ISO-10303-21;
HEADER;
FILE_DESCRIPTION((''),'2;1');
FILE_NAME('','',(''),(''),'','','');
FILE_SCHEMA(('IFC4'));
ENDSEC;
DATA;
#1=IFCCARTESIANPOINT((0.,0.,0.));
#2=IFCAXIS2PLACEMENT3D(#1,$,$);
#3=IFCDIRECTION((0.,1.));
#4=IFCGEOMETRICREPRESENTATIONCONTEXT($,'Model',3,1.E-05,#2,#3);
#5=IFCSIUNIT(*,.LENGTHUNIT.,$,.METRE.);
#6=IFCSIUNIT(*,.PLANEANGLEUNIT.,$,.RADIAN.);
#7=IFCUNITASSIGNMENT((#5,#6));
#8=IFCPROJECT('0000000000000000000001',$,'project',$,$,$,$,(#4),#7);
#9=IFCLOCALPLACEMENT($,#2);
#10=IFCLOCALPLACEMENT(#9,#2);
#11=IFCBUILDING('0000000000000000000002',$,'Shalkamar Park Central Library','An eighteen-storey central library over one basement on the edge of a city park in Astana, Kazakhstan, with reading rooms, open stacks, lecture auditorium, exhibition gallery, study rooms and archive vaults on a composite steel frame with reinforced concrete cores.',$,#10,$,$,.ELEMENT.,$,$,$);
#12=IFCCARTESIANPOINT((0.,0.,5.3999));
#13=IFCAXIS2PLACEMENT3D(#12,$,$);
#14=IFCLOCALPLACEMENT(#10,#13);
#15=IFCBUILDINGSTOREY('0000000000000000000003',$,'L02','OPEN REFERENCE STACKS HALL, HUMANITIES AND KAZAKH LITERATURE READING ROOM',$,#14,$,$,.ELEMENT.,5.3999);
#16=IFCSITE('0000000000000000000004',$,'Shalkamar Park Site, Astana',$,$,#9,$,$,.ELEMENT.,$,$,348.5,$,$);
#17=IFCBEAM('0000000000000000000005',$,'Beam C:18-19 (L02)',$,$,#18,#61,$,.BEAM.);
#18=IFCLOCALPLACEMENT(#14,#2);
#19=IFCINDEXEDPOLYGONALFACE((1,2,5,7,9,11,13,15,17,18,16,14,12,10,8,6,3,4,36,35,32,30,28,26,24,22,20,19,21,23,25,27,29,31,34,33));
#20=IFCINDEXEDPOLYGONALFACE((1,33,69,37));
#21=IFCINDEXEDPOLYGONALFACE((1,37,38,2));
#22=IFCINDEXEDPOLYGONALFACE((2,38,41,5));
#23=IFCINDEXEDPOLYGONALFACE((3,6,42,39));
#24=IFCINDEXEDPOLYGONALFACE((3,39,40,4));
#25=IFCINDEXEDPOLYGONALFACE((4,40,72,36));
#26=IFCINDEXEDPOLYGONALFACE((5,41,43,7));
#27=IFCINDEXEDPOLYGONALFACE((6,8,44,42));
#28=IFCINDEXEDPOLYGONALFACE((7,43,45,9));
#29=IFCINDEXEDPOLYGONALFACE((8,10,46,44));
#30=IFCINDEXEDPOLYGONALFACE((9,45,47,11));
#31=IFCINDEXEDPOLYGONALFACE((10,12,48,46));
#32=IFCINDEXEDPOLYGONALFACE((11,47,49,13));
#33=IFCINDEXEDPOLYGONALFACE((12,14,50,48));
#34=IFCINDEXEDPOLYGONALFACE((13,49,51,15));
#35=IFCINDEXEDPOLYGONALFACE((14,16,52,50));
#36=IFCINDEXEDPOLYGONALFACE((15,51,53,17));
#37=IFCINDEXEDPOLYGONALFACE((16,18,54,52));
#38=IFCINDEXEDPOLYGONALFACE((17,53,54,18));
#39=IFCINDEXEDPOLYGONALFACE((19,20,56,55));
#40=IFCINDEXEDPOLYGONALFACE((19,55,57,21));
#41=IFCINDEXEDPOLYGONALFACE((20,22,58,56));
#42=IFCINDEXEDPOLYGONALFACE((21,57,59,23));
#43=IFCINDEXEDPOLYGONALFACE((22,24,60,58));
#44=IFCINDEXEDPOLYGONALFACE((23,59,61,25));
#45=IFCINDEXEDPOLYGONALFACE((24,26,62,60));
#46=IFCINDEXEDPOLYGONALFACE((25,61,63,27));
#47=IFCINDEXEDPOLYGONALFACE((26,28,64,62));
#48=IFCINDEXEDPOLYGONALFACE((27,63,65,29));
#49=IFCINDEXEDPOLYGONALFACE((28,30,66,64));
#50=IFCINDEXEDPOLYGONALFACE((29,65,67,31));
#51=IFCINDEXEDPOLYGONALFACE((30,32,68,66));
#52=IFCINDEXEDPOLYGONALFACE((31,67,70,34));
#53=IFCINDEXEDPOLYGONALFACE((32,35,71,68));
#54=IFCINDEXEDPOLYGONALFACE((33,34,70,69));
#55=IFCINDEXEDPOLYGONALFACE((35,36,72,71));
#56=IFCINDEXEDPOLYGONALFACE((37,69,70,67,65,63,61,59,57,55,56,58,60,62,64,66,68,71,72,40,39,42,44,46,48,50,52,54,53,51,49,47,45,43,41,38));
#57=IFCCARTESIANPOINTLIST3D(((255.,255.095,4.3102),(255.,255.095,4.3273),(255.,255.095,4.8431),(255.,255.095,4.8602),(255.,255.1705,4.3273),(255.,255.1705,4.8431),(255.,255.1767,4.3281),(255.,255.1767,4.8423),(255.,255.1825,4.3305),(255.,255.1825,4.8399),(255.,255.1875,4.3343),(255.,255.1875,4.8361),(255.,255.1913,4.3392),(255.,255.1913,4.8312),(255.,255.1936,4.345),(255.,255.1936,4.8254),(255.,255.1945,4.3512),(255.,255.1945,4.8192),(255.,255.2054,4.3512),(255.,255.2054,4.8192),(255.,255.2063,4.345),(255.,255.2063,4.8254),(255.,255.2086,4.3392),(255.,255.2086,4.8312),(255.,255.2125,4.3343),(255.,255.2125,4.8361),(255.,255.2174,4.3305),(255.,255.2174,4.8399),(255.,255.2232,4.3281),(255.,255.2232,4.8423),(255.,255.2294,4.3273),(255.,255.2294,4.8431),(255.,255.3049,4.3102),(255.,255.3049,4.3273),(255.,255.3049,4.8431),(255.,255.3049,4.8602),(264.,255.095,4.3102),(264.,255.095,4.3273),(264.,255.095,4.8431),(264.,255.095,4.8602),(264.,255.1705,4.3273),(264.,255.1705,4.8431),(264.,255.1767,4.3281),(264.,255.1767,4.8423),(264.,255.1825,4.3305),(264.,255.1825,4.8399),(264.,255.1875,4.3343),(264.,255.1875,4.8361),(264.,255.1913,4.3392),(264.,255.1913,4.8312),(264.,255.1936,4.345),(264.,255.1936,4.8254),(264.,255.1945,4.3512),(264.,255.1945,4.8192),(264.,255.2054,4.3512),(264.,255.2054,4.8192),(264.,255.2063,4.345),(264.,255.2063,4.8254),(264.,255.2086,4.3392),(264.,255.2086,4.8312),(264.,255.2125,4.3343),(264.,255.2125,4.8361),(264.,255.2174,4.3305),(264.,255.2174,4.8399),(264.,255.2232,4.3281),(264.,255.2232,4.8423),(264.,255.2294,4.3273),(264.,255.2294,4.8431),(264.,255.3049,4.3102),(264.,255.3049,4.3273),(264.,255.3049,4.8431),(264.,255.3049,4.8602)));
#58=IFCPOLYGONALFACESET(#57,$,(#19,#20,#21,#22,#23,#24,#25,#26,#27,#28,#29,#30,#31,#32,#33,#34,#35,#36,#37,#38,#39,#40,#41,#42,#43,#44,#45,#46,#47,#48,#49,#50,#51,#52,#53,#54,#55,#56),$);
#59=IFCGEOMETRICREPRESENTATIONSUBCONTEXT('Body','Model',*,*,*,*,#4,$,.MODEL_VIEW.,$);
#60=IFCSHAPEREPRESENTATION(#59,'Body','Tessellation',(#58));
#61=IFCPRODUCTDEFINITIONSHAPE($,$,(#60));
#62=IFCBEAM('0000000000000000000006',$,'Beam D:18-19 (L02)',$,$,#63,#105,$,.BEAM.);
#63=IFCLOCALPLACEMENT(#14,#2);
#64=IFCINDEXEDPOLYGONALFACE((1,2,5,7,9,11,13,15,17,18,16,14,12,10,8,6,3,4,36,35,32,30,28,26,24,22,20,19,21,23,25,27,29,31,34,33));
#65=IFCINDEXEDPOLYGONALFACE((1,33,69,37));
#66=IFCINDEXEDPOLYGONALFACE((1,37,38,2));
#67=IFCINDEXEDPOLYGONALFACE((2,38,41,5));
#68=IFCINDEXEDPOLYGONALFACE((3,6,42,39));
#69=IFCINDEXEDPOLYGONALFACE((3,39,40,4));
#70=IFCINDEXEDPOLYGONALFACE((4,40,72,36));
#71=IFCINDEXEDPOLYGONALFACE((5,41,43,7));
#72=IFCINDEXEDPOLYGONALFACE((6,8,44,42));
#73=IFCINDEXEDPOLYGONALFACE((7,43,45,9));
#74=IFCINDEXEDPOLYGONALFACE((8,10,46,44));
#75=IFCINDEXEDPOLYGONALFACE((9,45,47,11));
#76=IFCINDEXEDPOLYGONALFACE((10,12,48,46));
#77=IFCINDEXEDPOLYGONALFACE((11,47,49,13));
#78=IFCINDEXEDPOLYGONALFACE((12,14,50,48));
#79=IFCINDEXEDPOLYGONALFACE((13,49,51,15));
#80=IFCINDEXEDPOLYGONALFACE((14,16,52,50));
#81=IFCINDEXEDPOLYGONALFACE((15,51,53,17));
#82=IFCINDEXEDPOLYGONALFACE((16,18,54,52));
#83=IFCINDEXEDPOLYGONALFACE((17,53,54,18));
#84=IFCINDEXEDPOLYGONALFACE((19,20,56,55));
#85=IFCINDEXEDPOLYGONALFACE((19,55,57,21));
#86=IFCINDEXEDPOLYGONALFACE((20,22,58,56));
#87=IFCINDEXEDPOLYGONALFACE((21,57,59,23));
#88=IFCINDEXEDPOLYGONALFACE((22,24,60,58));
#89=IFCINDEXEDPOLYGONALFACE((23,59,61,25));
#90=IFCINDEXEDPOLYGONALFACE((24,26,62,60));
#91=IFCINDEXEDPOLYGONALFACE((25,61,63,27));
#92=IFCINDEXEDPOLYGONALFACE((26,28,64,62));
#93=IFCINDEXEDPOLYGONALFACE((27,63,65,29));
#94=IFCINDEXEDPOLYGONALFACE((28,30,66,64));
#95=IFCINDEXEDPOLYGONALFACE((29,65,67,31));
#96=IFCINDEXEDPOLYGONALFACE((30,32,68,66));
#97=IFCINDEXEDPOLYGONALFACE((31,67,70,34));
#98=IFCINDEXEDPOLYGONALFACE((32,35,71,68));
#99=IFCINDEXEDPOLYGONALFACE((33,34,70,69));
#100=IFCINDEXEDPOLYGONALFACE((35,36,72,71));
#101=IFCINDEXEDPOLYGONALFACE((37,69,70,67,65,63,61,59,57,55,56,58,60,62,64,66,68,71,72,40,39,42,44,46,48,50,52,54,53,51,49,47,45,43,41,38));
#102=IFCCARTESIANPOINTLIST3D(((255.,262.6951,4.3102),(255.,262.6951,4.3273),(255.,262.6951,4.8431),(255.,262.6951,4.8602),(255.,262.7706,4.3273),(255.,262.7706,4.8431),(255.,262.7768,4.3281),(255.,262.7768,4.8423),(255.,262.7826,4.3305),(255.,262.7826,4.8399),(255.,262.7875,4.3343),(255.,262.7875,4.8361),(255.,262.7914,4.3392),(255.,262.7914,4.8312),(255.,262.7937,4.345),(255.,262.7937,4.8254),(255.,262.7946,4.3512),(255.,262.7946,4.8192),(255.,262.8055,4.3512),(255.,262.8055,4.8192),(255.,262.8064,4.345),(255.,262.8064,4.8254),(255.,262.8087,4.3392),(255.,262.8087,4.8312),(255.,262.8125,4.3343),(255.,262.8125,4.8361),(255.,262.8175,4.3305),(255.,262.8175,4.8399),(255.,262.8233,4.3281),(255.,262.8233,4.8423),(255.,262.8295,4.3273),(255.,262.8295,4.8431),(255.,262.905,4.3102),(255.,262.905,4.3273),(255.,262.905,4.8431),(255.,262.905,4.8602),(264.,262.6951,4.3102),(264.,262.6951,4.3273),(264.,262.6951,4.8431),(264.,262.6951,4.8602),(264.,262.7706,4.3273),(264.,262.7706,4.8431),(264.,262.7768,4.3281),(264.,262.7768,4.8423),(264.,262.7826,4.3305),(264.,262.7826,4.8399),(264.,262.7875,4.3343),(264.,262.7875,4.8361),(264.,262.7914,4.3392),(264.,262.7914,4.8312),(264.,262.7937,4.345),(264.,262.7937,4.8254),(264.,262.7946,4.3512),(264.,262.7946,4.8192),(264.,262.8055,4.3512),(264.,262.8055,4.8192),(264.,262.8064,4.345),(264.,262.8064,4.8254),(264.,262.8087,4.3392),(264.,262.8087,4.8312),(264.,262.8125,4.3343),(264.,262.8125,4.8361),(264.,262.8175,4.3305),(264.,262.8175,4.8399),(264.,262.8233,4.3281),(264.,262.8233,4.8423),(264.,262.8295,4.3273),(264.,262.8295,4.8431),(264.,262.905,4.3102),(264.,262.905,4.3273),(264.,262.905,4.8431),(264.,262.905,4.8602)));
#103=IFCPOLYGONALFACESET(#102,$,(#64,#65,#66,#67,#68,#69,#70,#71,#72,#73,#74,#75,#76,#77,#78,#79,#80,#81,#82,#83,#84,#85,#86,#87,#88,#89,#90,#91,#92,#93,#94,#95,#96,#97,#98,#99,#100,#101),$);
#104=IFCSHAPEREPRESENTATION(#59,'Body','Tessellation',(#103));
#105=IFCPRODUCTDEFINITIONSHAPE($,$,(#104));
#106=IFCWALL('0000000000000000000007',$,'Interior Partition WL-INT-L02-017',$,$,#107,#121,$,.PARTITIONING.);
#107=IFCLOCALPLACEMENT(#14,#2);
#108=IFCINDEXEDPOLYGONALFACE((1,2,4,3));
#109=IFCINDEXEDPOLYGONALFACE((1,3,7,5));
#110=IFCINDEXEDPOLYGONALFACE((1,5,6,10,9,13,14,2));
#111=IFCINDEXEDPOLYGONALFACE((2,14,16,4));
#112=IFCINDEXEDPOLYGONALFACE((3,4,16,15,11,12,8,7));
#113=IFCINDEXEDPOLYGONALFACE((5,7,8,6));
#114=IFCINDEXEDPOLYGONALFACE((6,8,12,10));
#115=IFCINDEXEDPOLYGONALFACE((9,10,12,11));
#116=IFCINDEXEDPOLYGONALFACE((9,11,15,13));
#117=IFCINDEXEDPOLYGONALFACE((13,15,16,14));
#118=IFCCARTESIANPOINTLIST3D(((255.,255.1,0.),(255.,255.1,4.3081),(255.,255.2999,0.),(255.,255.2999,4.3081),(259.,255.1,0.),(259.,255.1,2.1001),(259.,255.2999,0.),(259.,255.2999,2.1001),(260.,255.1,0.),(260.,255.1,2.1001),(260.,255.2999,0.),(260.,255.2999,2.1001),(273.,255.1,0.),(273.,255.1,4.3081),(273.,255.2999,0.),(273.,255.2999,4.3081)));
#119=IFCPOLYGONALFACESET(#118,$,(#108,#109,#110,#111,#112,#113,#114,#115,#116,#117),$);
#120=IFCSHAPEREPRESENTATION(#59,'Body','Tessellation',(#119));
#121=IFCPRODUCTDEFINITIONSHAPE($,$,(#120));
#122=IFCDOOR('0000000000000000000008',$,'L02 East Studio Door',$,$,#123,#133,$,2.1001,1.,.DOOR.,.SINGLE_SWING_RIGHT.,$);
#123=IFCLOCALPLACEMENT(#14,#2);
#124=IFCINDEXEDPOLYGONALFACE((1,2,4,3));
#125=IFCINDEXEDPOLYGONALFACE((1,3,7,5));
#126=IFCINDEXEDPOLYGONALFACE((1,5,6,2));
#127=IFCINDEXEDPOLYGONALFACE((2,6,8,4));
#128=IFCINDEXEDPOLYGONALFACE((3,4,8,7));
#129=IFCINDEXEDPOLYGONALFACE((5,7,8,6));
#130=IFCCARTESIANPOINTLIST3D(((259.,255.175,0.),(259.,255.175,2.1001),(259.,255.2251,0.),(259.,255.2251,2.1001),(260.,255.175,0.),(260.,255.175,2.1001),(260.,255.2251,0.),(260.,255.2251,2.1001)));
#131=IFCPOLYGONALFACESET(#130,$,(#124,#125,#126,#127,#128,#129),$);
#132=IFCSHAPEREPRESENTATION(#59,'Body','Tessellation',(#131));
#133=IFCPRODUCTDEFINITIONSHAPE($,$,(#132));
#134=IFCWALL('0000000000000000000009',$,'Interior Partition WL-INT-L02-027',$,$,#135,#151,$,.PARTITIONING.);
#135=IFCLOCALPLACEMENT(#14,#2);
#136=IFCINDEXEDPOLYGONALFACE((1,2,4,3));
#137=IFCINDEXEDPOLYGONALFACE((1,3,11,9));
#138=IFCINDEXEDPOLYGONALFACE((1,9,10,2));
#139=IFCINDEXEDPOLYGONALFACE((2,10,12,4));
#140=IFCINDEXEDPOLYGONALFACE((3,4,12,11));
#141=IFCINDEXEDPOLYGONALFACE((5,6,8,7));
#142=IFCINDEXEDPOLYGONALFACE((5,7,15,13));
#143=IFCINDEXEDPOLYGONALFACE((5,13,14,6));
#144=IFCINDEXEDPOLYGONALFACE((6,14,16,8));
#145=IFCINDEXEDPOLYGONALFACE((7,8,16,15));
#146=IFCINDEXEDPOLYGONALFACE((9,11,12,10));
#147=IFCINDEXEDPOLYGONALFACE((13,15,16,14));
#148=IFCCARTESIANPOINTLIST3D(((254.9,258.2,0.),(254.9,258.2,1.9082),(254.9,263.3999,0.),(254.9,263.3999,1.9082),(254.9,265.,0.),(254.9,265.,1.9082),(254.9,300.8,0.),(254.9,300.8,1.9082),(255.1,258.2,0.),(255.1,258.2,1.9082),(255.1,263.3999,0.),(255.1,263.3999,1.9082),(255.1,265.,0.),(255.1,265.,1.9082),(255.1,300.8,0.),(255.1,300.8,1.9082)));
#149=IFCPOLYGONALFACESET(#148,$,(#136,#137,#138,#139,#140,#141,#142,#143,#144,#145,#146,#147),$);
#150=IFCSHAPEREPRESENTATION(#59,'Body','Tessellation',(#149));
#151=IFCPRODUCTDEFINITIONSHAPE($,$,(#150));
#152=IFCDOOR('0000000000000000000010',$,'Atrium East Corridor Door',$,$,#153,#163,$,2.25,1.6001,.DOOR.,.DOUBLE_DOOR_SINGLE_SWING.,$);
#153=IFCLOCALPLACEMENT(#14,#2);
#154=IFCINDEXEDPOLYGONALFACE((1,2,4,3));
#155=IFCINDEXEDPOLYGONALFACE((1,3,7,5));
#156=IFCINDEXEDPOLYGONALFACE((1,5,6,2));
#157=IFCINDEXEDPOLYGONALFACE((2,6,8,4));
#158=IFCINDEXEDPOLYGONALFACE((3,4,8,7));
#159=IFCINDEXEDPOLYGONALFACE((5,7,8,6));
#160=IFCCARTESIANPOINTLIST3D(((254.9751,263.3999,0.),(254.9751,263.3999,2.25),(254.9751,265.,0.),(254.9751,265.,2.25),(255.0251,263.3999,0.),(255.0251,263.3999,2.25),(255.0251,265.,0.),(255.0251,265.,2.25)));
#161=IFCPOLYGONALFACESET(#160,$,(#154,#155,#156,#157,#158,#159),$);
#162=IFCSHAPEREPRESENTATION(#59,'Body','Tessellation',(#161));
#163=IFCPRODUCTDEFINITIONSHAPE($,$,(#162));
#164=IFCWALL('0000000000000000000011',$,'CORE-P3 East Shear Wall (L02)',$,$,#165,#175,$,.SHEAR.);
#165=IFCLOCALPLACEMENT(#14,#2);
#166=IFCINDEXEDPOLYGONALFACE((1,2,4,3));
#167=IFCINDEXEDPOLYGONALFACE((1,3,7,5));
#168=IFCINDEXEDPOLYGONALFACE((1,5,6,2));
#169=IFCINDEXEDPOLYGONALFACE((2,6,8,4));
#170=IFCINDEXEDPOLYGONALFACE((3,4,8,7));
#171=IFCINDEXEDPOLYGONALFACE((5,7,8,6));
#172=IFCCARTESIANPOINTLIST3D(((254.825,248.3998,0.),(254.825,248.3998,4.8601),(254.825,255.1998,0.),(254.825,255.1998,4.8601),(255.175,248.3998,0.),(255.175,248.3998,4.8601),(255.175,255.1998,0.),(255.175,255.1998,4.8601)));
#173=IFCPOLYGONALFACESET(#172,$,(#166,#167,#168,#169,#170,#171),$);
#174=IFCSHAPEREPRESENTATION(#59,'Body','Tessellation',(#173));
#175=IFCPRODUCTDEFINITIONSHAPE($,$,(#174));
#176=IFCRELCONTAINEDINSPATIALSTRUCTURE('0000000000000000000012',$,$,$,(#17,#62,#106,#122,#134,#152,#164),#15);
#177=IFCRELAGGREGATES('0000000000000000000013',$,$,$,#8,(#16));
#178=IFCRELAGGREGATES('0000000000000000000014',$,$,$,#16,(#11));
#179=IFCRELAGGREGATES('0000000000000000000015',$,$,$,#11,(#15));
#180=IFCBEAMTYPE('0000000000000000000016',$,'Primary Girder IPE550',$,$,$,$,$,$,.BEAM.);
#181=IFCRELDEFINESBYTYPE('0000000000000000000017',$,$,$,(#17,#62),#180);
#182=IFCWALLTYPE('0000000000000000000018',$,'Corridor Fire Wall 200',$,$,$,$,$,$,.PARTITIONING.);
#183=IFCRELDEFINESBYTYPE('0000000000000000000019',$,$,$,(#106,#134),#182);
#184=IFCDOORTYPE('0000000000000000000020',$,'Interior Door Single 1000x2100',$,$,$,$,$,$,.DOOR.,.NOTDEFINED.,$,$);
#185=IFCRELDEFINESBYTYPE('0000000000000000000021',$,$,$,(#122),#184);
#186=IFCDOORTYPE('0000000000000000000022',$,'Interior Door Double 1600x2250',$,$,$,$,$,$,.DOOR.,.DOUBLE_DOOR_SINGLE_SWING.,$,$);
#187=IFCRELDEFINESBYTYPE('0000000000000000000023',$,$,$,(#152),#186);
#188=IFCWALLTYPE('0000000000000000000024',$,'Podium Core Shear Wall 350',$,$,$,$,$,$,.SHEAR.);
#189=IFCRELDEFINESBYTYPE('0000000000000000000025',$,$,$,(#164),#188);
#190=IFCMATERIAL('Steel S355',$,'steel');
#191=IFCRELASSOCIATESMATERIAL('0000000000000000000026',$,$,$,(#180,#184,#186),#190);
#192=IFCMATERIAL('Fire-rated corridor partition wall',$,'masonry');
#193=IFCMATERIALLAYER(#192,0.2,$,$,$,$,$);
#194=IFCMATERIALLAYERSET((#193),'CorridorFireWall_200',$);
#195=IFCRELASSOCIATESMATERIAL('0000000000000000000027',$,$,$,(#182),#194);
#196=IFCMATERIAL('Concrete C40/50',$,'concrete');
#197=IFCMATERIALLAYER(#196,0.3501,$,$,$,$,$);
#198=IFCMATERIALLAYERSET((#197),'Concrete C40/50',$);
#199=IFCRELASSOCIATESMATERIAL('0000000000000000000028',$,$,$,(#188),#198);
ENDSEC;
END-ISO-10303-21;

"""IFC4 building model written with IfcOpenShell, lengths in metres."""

from ifc_helpers import new_model, si_unit, direction, frame, frame_2d, origin, origin_2d, place, context, subcontext, project, spatial, rectangle, i_section, extrude, material, layer, layer_set, material_profile, profile_set, type_object, element, fill, save


model = new_model("IFC4")

# Units and contexts
model_context = context("Model", 3, precision=1e-05, world=origin(), true_north=direction((0.0, 1.0)))
body_context = subcontext(model_context, "Body", "Model", "MODEL_VIEW")
ifc_project = project(units=[si_unit("LENGTHUNIT", "METRE"), si_unit("PLANEANGLEUNIT", "RADIAN")], contexts=[model_context])

# Site, building, storey
site_placement = place(None, origin())
site = spatial("IfcSite", under=ifc_project, at=site_placement, Name="Shalkamar Park Site, Astana", CompositionType="ELEMENT", RefElevation=348.5)
building_placement = place(site_placement, origin())
building = spatial("IfcBuilding", under=site, at=building_placement, Name="Shalkamar Park Central Library", Description="An eighteen-storey central library over one basement on the edge of a city park in Astana, Kazakhstan, with reading rooms, open stacks, lecture auditorium, exhibition gallery, study rooms and archive vaults on a composite steel frame with reinforced concrete cores.", CompositionType="ELEMENT")
storey_placement = place(building_placement, frame((0.0, 0.0, 5.3999)))
storey = spatial("IfcBuildingStorey", under=building, at=storey_placement, Name="L02", Description="OPEN REFERENCE STACKS HALL, HUMANITIES AND KAZAKH LITERATURE READING ROOM", CompositionType="ELEMENT", Elevation=5.3999)

# Shared definitions
ifc_material_1 = material(Name="Steel S355", Category="steel")

# Beams
ifc_material_profile_1 = material_profile(ifc_material_1, i_section(OverallWidth=0.21, OverallDepth=0.55, WebThickness=0.011, FlangeThickness=0.0171, FilletRadius=0.0239, at=origin_2d()), Name="IPE 550")
ifc_profile_set_1 = profile_set([ifc_material_profile_1], Name="Steel S355")
beam_type_1 = type_object("IfcBeamType", Name="Primary Girder IPE550", PredefinedType="BEAM", material=ifc_profile_set_1)
for number, where, z_axis, x_axis, name in (
    (1, (255.0, 255.2, 4.5852), (1.0, 0.0, 0.0), (0.0, 1.0, 0.0), "Beam C:18-19 (L02)"),
    (2, (255.0, 262.8, 4.5852), (1.0, 0.0, 0.0), (0.0, 1.0, 0.0), "Beam D:18-19 (L02)"),
):
    element("IfcBeam", number, at=place(storey_placement, frame(where, z_axis=z_axis, x_axis=x_axis)), inside=storey, type_object=beam_type_1, Name=name, PredefinedType="BEAM", context=body_context, shape_type="SweptSolid", body=[
        extrude(i_section(OverallWidth=0.21, OverallDepth=0.55, WebThickness=0.011, FlangeThickness=0.0171, FilletRadius=0.0239, at=origin_2d()), origin(), (0.0, 0.0, 1.0), 9.0),
    ])

# Walls, openings, doors
ifc_material_2 = material(Name="Fire-rated corridor partition wall", Category="masonry")
ifc_layer_1 = layer(ifc_material_2, 0.2)
ifc_layer_set_1 = layer_set([ifc_layer_1], Name="CorridorFireWall_200")
wall_type_1 = type_object("IfcWallType", Name="Corridor Fire Wall 200", PredefinedType="PARTITIONING", material=ifc_layer_set_1)
wall_1_placement = place(storey_placement, frame((255.0, 255.2, 0.0), z_axis=(0.0, 0.0, 1.0), x_axis=(1.0, 0.0, 0.0)))
wall_1 = element("IfcWall", 3, at=wall_1_placement, inside=storey, type_object=wall_type_1, Name="Interior Partition WL-INT-L02-017", PredefinedType="PARTITIONING", context=body_context, shape_type="SweptSolid", body=[
    extrude(rectangle(XDim=18.0, YDim=0.2, at=frame_2d((9.0, 0.0))), origin(), (0.0, 0.0, 1.0), 4.3081),
])
opening_1_placement = place(wall_1_placement, frame((4.0, 0.0, 0.0)))
opening_1 = element("IfcOpeningElement", 4, at=opening_1_placement, cuts=wall_1, PredefinedType="OPENING", context=body_context, shape_type="SweptSolid", body=[
    extrude(rectangle(XDim=1.0, YDim=2.1001, at=frame_2d((0.5, 1.05))), frame((0.0, 0.1147, 0.0), z_axis=(0.0, -1.0, 0.0), x_axis=(1.0, 0.0, 0.0)), (0.0, 0.0, 1.0), 0.2297),
])
door_type_1 = type_object("IfcDoorType", Name="Interior Door Single 1000x2100", OperationType="NOTDEFINED", PredefinedType="DOOR", material=ifc_material_1)
door_1_placement = place(opening_1_placement, frame((1.0, 0.0, 0.0), z_axis=(0.0, 0.0, 1.0), x_axis=(-1.0, 0.0, 0.0)))
door_1 = element("IfcDoor", 5, at=door_1_placement, inside=storey, type_object=door_type_1, Name="L02 East Studio Door", OperationType="SINGLE_SWING_RIGHT", OverallHeight=2.1001, OverallWidth=1.0, PredefinedType="DOOR", context=body_context, shape_type="SweptSolid", body=[
    extrude(rectangle(XDim=1.0, YDim=2.1001, at=frame_2d((0.5, 1.05))), frame((0.0, 0.0249, 0.0), z_axis=(0.0, -1.0, 0.0), x_axis=(1.0, 0.0, 0.0)), (0.0, 0.0, 1.0), 0.05),
])
fill(opening_1, door_1)
wall_2_placement = place(storey_placement, frame((255.0, 258.2, 0.0), z_axis=(0.0, 0.0, 1.0), x_axis=(0.0, 1.0, 0.0)))
wall_2 = element("IfcWall", 6, at=wall_2_placement, inside=storey, type_object=wall_type_1, Name="Interior Partition WL-INT-L02-027", PredefinedType="PARTITIONING", context=body_context, shape_type="SweptSolid", body=[
    extrude(rectangle(XDim=42.6001, YDim=0.2, at=frame_2d((21.3, 0.0))), origin(), (0.0, 0.0, 1.0), 1.9082),
])
opening_2_placement = place(wall_2_placement, frame((5.2, 0.0, 0.0)))
opening_2 = element("IfcOpeningElement", 7, at=opening_2_placement, cuts=wall_2, PredefinedType="OPENING", context=body_context, shape_type="SweptSolid", body=[
    extrude(rectangle(XDim=1.6001, YDim=2.25, at=frame_2d((0.8, 1.125))), frame((0.0, 0.1147, 0.0), z_axis=(0.0, -1.0, 0.0), x_axis=(1.0, 0.0, 0.0)), (0.0, 0.0, 1.0), 0.2297),
])
door_type_2 = type_object("IfcDoorType", Name="Interior Door Double 1600x2250", OperationType="DOUBLE_DOOR_SINGLE_SWING", PredefinedType="DOOR", material=ifc_material_1)
door_2_placement = place(opening_2_placement, origin())
door_2 = element("IfcDoor", 8, at=door_2_placement, inside=storey, type_object=door_type_2, Name="Atrium East Corridor Door", OperationType="DOUBLE_DOOR_SINGLE_SWING", OverallHeight=2.25, OverallWidth=1.6001, PredefinedType="DOOR", context=body_context, shape_type="SweptSolid", body=[
    extrude(rectangle(XDim=1.6001, YDim=2.25, at=frame_2d((0.8, 1.125))), frame((0.0, 0.0249, 0.0), z_axis=(0.0, -1.0, 0.0), x_axis=(1.0, 0.0, 0.0)), (0.0, 0.0, 1.0), 0.05),
])
fill(opening_2, door_2)

# Wall
ifc_material_3 = material(Name="Concrete C40/50", Category="concrete")
ifc_layer_2 = layer(ifc_material_3, 0.3501)
ifc_layer_set_2 = layer_set([ifc_layer_2], Name="Concrete C40/50")
wall_type_2 = type_object("IfcWallType", Name="Podium Core Shear Wall 350", PredefinedType="SHEAR", material=ifc_layer_set_2)
wall_3_placement = place(storey_placement, frame((255.0, 248.3999, 0.0), z_axis=(0.0, 0.0, 1.0), x_axis=(0.0, 1.0, 0.0)))
element("IfcWall", 9, at=wall_3_placement, inside=storey, type_object=wall_type_2, Name="CORE-P3 East Shear Wall (L02)", PredefinedType="SHEAR", context=body_context, shape_type="SweptSolid", body=[
    extrude(rectangle(XDim=6.8, YDim=0.3501, at=frame_2d((3.3999, 0.0))), origin(), (0.0, 0.0, 1.0), 4.8601),
])

save(model, "model.ifc")
